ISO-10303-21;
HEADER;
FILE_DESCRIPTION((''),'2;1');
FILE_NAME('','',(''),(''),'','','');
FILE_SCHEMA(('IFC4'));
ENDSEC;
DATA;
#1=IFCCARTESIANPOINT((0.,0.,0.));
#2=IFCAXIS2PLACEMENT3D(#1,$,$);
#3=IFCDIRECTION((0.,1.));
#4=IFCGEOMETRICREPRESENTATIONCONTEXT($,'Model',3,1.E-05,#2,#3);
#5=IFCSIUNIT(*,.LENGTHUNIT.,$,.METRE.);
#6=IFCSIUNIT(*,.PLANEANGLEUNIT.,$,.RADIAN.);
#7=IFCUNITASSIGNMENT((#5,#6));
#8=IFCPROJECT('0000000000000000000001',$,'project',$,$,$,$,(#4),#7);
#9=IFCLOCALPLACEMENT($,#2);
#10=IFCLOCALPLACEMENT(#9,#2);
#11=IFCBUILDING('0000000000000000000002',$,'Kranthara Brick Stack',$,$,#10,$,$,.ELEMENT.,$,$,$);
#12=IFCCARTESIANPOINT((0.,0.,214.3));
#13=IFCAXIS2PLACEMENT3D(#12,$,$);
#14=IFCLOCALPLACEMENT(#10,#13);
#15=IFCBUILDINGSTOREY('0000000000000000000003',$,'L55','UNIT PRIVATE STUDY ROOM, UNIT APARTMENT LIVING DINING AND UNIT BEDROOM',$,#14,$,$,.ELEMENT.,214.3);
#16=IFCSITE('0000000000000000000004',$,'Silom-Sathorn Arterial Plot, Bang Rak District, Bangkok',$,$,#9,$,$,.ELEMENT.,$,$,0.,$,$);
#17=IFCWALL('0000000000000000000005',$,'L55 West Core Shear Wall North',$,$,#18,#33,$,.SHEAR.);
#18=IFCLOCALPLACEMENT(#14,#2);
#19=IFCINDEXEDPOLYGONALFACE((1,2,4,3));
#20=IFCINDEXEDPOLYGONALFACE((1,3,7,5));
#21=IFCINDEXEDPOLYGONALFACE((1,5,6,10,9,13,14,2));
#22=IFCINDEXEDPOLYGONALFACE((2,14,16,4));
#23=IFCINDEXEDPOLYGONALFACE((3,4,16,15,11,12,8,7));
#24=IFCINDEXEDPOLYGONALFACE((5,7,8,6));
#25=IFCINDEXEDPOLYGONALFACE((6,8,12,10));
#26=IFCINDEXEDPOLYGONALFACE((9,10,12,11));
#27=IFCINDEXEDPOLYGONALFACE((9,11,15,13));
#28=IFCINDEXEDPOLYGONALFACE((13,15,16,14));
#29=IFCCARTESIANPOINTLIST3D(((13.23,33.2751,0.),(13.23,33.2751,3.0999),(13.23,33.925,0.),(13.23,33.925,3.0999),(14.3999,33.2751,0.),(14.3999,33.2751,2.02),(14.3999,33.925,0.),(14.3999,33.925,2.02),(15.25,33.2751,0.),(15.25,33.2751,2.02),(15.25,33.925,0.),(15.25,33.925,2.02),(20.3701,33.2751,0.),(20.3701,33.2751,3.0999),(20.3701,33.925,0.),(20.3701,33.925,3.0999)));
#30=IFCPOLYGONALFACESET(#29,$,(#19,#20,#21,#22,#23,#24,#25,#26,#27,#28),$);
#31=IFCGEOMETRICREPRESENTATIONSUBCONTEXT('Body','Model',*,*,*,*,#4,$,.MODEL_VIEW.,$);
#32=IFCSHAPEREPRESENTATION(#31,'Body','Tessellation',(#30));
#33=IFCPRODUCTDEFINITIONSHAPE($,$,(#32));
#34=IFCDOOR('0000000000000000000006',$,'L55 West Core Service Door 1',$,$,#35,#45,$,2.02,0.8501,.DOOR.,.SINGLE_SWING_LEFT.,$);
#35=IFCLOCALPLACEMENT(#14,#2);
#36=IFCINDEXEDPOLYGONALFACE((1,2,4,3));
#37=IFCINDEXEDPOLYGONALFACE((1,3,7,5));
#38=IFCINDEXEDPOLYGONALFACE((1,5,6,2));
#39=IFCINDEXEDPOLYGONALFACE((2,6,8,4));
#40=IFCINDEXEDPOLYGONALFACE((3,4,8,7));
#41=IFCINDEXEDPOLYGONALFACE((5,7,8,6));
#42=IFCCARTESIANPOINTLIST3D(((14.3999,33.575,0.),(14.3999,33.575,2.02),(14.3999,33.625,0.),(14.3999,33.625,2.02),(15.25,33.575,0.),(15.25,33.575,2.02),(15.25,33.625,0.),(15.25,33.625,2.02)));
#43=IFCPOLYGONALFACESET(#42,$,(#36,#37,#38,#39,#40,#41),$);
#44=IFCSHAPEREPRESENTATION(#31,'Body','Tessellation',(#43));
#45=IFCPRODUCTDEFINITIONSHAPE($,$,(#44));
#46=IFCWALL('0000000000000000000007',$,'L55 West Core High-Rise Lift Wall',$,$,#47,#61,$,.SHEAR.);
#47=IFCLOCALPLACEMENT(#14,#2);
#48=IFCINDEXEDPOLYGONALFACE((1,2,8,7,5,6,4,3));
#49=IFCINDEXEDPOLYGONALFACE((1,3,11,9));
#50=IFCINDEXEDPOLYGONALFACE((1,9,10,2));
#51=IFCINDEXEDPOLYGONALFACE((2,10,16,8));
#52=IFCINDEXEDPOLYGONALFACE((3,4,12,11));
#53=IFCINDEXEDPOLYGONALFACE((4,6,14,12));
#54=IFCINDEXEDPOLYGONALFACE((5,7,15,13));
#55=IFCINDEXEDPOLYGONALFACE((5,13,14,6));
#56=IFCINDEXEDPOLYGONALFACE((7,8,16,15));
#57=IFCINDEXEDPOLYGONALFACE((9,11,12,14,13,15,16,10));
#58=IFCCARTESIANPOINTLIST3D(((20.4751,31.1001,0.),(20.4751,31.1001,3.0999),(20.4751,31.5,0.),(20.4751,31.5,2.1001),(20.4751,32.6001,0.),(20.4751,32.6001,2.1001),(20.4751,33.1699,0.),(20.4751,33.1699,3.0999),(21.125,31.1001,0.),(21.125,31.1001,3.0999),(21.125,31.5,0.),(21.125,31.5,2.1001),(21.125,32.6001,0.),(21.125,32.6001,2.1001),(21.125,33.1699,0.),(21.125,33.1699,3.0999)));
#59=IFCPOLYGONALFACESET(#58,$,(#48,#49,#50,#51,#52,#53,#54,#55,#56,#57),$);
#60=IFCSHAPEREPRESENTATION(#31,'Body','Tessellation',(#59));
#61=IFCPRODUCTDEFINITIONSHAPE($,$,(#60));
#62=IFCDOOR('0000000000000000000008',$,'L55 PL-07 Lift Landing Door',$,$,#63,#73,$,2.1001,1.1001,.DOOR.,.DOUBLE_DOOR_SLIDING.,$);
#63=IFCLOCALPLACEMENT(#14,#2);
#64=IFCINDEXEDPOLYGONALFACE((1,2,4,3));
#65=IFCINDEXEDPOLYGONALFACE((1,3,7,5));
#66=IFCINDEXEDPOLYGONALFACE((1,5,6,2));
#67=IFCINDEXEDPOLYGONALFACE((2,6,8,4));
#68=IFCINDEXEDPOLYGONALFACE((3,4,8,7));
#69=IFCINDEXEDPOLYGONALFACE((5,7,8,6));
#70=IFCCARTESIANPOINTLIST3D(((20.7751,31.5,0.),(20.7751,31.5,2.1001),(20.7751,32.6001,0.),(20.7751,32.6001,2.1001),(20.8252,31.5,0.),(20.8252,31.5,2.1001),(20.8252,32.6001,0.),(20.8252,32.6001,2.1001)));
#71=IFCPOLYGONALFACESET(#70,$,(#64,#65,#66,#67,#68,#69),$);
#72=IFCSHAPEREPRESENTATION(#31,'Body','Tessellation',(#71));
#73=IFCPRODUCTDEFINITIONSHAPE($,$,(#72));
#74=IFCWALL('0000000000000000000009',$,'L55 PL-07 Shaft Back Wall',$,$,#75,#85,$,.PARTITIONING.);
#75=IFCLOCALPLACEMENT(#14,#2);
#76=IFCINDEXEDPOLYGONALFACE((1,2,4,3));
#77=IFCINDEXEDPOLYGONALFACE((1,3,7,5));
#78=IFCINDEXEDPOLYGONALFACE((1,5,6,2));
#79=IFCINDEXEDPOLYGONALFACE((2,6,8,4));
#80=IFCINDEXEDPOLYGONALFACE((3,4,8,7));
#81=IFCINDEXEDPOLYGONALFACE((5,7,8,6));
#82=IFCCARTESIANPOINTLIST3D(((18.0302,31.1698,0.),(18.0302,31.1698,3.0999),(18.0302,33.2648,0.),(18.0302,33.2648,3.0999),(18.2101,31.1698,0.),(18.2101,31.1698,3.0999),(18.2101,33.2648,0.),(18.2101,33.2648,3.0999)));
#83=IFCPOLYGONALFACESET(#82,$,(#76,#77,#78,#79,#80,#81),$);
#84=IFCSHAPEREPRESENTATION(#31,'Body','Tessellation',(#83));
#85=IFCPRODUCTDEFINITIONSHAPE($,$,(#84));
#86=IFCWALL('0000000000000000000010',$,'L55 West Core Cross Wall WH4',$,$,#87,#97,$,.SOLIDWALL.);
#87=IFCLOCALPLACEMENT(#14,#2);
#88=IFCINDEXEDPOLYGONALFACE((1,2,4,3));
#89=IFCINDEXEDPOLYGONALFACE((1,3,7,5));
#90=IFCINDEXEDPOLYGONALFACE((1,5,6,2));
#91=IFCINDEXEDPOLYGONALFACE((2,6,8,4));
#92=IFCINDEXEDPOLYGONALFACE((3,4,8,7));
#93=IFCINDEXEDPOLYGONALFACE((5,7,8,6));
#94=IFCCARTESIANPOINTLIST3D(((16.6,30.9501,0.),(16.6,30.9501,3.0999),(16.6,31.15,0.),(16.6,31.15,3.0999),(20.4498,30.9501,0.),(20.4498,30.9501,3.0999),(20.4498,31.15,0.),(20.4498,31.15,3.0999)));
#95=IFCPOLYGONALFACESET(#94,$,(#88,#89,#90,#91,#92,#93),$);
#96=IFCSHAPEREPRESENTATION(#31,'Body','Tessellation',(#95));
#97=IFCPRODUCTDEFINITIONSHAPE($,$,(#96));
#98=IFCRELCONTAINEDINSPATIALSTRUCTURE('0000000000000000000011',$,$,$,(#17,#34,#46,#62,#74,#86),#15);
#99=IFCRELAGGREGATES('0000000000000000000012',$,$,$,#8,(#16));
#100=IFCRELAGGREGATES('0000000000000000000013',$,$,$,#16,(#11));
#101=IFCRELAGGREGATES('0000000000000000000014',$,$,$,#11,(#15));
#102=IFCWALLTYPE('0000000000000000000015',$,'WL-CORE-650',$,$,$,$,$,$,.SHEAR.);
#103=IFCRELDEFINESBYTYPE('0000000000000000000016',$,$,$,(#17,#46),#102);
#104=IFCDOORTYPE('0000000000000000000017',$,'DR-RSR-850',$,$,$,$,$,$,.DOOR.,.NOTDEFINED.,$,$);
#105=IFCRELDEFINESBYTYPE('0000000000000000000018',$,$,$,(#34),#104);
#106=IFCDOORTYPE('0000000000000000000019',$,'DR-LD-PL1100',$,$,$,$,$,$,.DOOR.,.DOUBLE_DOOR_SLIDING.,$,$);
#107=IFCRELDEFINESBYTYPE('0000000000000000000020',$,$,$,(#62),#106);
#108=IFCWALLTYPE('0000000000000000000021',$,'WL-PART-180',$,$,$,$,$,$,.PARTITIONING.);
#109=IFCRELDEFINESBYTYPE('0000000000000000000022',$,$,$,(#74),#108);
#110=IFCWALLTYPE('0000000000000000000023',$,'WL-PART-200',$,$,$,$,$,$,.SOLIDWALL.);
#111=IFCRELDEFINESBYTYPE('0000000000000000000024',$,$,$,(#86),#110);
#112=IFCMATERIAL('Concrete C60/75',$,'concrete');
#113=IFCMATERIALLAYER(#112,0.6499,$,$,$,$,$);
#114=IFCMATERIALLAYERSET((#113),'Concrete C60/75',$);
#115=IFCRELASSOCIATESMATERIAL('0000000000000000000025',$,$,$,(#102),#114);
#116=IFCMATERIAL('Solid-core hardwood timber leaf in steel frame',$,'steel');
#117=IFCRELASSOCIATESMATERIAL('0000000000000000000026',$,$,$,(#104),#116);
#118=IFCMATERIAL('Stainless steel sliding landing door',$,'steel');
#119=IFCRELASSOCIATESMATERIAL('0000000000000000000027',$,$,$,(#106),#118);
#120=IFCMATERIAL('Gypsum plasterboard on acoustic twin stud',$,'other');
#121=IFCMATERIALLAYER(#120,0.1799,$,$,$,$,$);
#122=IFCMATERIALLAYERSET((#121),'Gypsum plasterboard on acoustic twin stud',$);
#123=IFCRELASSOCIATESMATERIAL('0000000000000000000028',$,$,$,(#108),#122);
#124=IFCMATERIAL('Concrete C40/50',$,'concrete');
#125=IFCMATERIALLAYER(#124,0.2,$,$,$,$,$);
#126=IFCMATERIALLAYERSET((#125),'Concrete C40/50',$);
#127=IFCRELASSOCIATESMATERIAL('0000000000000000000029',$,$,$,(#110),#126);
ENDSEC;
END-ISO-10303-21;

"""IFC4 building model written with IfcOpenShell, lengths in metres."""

from ifc_helpers import new_model, si_unit, direction, frame, frame_2d, origin, place, context, subcontext, project, spatial, rectangle, extrude, material, layer, layer_set, type_object, element, fill, save


model = new_model("IFC4")

# Units and contexts
model_context = context("Model", 3, precision=1e-05, world=origin(), true_north=direction((0.0, 1.0)))
body_context = subcontext(model_context, "Body", "Model", "MODEL_VIEW")
ifc_project = project(units=[si_unit("LENGTHUNIT", "METRE"), si_unit("PLANEANGLEUNIT", "RADIAN")], contexts=[model_context])

# Site, building, storey
site_placement = place(None, origin())
site = spatial("IfcSite", under=ifc_project, at=site_placement, Name="Silom-Sathorn Arterial Plot, Bang Rak District, Bangkok", CompositionType="ELEMENT", RefElevation=0.0)
building_placement = place(site_placement, origin())
building = spatial("IfcBuilding", under=site, at=building_placement, Name="Kranthara Brick Stack", CompositionType="ELEMENT")
storey_placement = place(building_placement, frame((0.0, 0.0, 214.3)))
storey = spatial("IfcBuildingStorey", under=building, at=storey_placement, Name="L55", Description="UNIT PRIVATE STUDY ROOM, UNIT APARTMENT LIVING DINING AND UNIT BEDROOM", CompositionType="ELEMENT", Elevation=214.3)

# Walls, openings, doors
ifc_material_1 = material(Name="Concrete C60/75", Category="concrete")
ifc_layer_1 = layer(ifc_material_1, 0.6499)
ifc_layer_set_1 = layer_set([ifc_layer_1], Name="Concrete C60/75")
wall_type_1 = type_object("IfcWallType", Name="WL-CORE-650", PredefinedType="SHEAR", material=ifc_layer_set_1)
wall_1_placement = place(storey_placement, frame((13.23, 33.6001, 0.0), z_axis=(0.0, 0.0, 1.0), x_axis=(1.0, 0.0, 0.0)))
wall_1 = element("IfcWall", 1, at=wall_1_placement, inside=storey, type_object=wall_type_1, Name="L55 West Core Shear Wall North", PredefinedType="SHEAR", context=body_context, shape_type="SweptSolid", body=[
    extrude(rectangle(XDim=7.1401, YDim=0.6499, at=frame_2d((3.5701, 0.0))), origin(), (0.0, 0.0, 1.0), 3.0999),
])
opening_1_placement = place(wall_1_placement, frame((1.1699, 0.0, 0.0)))
opening_1 = element("IfcOpeningElement", 2, at=opening_1_placement, cuts=wall_1, PredefinedType="OPENING", context=body_context, shape_type="SweptSolid", body=[
    extrude(rectangle(XDim=0.8501, YDim=2.02, at=frame_2d((0.425, 1.01))), frame((0.0, 0.335, 0.0), z_axis=(0.0, -1.0, 0.0), x_axis=(1.0, 0.0, 0.0)), (0.0, 0.0, 1.0), 0.6699),
])
ifc_material_2 = material(Name="Solid-core hardwood timber leaf in steel frame", Category="steel")
door_type_1 = type_object("IfcDoorType", Name="DR-RSR-850", OperationType="NOTDEFINED", PredefinedType="DOOR", material=ifc_material_2)
door_1_placement = place(opening_1_placement, origin())
door_1 = element("IfcDoor", 3, at=door_1_placement, inside=storey, type_object=door_type_1, Name="L55 West Core Service Door 1", OperationType="SINGLE_SWING_LEFT", OverallHeight=2.02, OverallWidth=0.8501, PredefinedType="DOOR", context=body_context, shape_type="SweptSolid", body=[
    extrude(rectangle(XDim=0.8501, YDim=2.02, at=frame_2d((0.425, 1.01))), frame((0.0, 0.0249, 0.0), z_axis=(0.0, -1.0, 0.0), x_axis=(1.0, 0.0, 0.0)), (0.0, 0.0, 1.0), 0.05),
])
fill(opening_1, door_1)
wall_2_placement = place(storey_placement, frame((20.8, 31.1001, 0.0), z_axis=(0.0, 0.0, 1.0), x_axis=(0.0, 1.0, 0.0)))
wall_2 = element("IfcWall", 4, at=wall_2_placement, inside=storey, type_object=wall_type_1, Name="L55 West Core High-Rise Lift Wall", PredefinedType="SHEAR", context=body_context, shape_type="SweptSolid", body=[
    extrude(rectangle(XDim=2.0698, YDim=0.6499, at=frame_2d((1.0349, 0.0))), origin(), (0.0, 0.0, 1.0), 3.0999),
])
opening_2_placement = place(wall_2_placement, frame((0.3999, 0.0, 0.0)))
opening_2 = element("IfcOpeningElement", 5, at=opening_2_placement, cuts=wall_2, PredefinedType="OPENING", context=body_context, shape_type="SweptSolid", body=[
    extrude(rectangle(XDim=1.1001, YDim=2.1001, at=frame_2d((0.55, 1.05))), frame((0.0, 0.335, 0.0), z_axis=(0.0, -1.0, 0.0), x_axis=(1.0, 0.0, 0.0)), (0.0, 0.0, 1.0), 0.6699),
])
ifc_material_3 = material(Name="Stainless steel sliding landing door", Category="steel")
door_type_2 = type_object("IfcDoorType", Name="DR-LD-PL1100", OperationType="DOUBLE_DOOR_SLIDING", PredefinedType="DOOR", material=ifc_material_3)
door_2_placement = place(opening_2_placement, origin())
door_2 = element("IfcDoor", 6, at=door_2_placement, inside=storey, type_object=door_type_2, Name="L55 PL-07 Lift Landing Door", OperationType="DOUBLE_DOOR_SLIDING", OverallHeight=2.1001, OverallWidth=1.1001, PredefinedType="DOOR", context=body_context, shape_type="SweptSolid", body=[
    extrude(rectangle(XDim=1.1001, YDim=2.1001, at=frame_2d((0.55, 1.05))), frame((0.0, 0.0249, 0.0), z_axis=(0.0, -1.0, 0.0), x_axis=(1.0, 0.0, 0.0)), (0.0, 0.0, 1.0), 0.05),
])
fill(opening_2, door_2)

# Walls
ifc_material_4 = material(Name="Gypsum plasterboard on acoustic twin stud", Category="other")
ifc_layer_2 = layer(ifc_material_4, 0.1799)
ifc_layer_set_2 = layer_set([ifc_layer_2], Name="Gypsum plasterboard on acoustic twin stud")
wall_type_2 = type_object("IfcWallType", Name="WL-PART-180", PredefinedType="PARTITIONING", material=ifc_layer_set_2)
wall_3_placement = place(storey_placement, frame((18.1201, 31.1699, 0.0), z_axis=(0.0, 0.0, 1.0), x_axis=(0.0, 1.0, 0.0)))
element("IfcWall", 7, at=wall_3_placement, inside=storey, type_object=wall_type_2, Name="L55 PL-07 Shaft Back Wall", PredefinedType="PARTITIONING", context=body_context, shape_type="SweptSolid", body=[
    extrude(rectangle(XDim=2.095, YDim=0.1799, at=frame_2d((1.0474, 0.0))), origin(), (0.0, 0.0, 1.0), 3.0999),
])
ifc_material_5 = material(Name="Concrete C40/50", Category="concrete")
ifc_layer_3 = layer(ifc_material_5, 0.2)
ifc_layer_set_3 = layer_set([ifc_layer_3], Name="Concrete C40/50")
wall_type_3 = type_object("IfcWallType", Name="WL-PART-200", PredefinedType="SOLIDWALL", material=ifc_layer_set_3)
wall_4_placement = place(storey_placement, frame((16.6001, 31.05, 0.0), z_axis=(0.0, 0.0, 1.0), x_axis=(1.0, 0.0, 0.0)))
element("IfcWall", 8, at=wall_4_placement, inside=storey, type_object=wall_type_3, Name="L55 West Core Cross Wall WH4", PredefinedType="SOLIDWALL", context=body_context, shape_type="SweptSolid", body=[
    extrude(rectangle(XDim=3.8499, YDim=0.2, at=frame_2d((1.9248, 0.0))), origin(), (0.0, 0.0, 1.0), 3.0999),
])

save(model, "model.ifc")
